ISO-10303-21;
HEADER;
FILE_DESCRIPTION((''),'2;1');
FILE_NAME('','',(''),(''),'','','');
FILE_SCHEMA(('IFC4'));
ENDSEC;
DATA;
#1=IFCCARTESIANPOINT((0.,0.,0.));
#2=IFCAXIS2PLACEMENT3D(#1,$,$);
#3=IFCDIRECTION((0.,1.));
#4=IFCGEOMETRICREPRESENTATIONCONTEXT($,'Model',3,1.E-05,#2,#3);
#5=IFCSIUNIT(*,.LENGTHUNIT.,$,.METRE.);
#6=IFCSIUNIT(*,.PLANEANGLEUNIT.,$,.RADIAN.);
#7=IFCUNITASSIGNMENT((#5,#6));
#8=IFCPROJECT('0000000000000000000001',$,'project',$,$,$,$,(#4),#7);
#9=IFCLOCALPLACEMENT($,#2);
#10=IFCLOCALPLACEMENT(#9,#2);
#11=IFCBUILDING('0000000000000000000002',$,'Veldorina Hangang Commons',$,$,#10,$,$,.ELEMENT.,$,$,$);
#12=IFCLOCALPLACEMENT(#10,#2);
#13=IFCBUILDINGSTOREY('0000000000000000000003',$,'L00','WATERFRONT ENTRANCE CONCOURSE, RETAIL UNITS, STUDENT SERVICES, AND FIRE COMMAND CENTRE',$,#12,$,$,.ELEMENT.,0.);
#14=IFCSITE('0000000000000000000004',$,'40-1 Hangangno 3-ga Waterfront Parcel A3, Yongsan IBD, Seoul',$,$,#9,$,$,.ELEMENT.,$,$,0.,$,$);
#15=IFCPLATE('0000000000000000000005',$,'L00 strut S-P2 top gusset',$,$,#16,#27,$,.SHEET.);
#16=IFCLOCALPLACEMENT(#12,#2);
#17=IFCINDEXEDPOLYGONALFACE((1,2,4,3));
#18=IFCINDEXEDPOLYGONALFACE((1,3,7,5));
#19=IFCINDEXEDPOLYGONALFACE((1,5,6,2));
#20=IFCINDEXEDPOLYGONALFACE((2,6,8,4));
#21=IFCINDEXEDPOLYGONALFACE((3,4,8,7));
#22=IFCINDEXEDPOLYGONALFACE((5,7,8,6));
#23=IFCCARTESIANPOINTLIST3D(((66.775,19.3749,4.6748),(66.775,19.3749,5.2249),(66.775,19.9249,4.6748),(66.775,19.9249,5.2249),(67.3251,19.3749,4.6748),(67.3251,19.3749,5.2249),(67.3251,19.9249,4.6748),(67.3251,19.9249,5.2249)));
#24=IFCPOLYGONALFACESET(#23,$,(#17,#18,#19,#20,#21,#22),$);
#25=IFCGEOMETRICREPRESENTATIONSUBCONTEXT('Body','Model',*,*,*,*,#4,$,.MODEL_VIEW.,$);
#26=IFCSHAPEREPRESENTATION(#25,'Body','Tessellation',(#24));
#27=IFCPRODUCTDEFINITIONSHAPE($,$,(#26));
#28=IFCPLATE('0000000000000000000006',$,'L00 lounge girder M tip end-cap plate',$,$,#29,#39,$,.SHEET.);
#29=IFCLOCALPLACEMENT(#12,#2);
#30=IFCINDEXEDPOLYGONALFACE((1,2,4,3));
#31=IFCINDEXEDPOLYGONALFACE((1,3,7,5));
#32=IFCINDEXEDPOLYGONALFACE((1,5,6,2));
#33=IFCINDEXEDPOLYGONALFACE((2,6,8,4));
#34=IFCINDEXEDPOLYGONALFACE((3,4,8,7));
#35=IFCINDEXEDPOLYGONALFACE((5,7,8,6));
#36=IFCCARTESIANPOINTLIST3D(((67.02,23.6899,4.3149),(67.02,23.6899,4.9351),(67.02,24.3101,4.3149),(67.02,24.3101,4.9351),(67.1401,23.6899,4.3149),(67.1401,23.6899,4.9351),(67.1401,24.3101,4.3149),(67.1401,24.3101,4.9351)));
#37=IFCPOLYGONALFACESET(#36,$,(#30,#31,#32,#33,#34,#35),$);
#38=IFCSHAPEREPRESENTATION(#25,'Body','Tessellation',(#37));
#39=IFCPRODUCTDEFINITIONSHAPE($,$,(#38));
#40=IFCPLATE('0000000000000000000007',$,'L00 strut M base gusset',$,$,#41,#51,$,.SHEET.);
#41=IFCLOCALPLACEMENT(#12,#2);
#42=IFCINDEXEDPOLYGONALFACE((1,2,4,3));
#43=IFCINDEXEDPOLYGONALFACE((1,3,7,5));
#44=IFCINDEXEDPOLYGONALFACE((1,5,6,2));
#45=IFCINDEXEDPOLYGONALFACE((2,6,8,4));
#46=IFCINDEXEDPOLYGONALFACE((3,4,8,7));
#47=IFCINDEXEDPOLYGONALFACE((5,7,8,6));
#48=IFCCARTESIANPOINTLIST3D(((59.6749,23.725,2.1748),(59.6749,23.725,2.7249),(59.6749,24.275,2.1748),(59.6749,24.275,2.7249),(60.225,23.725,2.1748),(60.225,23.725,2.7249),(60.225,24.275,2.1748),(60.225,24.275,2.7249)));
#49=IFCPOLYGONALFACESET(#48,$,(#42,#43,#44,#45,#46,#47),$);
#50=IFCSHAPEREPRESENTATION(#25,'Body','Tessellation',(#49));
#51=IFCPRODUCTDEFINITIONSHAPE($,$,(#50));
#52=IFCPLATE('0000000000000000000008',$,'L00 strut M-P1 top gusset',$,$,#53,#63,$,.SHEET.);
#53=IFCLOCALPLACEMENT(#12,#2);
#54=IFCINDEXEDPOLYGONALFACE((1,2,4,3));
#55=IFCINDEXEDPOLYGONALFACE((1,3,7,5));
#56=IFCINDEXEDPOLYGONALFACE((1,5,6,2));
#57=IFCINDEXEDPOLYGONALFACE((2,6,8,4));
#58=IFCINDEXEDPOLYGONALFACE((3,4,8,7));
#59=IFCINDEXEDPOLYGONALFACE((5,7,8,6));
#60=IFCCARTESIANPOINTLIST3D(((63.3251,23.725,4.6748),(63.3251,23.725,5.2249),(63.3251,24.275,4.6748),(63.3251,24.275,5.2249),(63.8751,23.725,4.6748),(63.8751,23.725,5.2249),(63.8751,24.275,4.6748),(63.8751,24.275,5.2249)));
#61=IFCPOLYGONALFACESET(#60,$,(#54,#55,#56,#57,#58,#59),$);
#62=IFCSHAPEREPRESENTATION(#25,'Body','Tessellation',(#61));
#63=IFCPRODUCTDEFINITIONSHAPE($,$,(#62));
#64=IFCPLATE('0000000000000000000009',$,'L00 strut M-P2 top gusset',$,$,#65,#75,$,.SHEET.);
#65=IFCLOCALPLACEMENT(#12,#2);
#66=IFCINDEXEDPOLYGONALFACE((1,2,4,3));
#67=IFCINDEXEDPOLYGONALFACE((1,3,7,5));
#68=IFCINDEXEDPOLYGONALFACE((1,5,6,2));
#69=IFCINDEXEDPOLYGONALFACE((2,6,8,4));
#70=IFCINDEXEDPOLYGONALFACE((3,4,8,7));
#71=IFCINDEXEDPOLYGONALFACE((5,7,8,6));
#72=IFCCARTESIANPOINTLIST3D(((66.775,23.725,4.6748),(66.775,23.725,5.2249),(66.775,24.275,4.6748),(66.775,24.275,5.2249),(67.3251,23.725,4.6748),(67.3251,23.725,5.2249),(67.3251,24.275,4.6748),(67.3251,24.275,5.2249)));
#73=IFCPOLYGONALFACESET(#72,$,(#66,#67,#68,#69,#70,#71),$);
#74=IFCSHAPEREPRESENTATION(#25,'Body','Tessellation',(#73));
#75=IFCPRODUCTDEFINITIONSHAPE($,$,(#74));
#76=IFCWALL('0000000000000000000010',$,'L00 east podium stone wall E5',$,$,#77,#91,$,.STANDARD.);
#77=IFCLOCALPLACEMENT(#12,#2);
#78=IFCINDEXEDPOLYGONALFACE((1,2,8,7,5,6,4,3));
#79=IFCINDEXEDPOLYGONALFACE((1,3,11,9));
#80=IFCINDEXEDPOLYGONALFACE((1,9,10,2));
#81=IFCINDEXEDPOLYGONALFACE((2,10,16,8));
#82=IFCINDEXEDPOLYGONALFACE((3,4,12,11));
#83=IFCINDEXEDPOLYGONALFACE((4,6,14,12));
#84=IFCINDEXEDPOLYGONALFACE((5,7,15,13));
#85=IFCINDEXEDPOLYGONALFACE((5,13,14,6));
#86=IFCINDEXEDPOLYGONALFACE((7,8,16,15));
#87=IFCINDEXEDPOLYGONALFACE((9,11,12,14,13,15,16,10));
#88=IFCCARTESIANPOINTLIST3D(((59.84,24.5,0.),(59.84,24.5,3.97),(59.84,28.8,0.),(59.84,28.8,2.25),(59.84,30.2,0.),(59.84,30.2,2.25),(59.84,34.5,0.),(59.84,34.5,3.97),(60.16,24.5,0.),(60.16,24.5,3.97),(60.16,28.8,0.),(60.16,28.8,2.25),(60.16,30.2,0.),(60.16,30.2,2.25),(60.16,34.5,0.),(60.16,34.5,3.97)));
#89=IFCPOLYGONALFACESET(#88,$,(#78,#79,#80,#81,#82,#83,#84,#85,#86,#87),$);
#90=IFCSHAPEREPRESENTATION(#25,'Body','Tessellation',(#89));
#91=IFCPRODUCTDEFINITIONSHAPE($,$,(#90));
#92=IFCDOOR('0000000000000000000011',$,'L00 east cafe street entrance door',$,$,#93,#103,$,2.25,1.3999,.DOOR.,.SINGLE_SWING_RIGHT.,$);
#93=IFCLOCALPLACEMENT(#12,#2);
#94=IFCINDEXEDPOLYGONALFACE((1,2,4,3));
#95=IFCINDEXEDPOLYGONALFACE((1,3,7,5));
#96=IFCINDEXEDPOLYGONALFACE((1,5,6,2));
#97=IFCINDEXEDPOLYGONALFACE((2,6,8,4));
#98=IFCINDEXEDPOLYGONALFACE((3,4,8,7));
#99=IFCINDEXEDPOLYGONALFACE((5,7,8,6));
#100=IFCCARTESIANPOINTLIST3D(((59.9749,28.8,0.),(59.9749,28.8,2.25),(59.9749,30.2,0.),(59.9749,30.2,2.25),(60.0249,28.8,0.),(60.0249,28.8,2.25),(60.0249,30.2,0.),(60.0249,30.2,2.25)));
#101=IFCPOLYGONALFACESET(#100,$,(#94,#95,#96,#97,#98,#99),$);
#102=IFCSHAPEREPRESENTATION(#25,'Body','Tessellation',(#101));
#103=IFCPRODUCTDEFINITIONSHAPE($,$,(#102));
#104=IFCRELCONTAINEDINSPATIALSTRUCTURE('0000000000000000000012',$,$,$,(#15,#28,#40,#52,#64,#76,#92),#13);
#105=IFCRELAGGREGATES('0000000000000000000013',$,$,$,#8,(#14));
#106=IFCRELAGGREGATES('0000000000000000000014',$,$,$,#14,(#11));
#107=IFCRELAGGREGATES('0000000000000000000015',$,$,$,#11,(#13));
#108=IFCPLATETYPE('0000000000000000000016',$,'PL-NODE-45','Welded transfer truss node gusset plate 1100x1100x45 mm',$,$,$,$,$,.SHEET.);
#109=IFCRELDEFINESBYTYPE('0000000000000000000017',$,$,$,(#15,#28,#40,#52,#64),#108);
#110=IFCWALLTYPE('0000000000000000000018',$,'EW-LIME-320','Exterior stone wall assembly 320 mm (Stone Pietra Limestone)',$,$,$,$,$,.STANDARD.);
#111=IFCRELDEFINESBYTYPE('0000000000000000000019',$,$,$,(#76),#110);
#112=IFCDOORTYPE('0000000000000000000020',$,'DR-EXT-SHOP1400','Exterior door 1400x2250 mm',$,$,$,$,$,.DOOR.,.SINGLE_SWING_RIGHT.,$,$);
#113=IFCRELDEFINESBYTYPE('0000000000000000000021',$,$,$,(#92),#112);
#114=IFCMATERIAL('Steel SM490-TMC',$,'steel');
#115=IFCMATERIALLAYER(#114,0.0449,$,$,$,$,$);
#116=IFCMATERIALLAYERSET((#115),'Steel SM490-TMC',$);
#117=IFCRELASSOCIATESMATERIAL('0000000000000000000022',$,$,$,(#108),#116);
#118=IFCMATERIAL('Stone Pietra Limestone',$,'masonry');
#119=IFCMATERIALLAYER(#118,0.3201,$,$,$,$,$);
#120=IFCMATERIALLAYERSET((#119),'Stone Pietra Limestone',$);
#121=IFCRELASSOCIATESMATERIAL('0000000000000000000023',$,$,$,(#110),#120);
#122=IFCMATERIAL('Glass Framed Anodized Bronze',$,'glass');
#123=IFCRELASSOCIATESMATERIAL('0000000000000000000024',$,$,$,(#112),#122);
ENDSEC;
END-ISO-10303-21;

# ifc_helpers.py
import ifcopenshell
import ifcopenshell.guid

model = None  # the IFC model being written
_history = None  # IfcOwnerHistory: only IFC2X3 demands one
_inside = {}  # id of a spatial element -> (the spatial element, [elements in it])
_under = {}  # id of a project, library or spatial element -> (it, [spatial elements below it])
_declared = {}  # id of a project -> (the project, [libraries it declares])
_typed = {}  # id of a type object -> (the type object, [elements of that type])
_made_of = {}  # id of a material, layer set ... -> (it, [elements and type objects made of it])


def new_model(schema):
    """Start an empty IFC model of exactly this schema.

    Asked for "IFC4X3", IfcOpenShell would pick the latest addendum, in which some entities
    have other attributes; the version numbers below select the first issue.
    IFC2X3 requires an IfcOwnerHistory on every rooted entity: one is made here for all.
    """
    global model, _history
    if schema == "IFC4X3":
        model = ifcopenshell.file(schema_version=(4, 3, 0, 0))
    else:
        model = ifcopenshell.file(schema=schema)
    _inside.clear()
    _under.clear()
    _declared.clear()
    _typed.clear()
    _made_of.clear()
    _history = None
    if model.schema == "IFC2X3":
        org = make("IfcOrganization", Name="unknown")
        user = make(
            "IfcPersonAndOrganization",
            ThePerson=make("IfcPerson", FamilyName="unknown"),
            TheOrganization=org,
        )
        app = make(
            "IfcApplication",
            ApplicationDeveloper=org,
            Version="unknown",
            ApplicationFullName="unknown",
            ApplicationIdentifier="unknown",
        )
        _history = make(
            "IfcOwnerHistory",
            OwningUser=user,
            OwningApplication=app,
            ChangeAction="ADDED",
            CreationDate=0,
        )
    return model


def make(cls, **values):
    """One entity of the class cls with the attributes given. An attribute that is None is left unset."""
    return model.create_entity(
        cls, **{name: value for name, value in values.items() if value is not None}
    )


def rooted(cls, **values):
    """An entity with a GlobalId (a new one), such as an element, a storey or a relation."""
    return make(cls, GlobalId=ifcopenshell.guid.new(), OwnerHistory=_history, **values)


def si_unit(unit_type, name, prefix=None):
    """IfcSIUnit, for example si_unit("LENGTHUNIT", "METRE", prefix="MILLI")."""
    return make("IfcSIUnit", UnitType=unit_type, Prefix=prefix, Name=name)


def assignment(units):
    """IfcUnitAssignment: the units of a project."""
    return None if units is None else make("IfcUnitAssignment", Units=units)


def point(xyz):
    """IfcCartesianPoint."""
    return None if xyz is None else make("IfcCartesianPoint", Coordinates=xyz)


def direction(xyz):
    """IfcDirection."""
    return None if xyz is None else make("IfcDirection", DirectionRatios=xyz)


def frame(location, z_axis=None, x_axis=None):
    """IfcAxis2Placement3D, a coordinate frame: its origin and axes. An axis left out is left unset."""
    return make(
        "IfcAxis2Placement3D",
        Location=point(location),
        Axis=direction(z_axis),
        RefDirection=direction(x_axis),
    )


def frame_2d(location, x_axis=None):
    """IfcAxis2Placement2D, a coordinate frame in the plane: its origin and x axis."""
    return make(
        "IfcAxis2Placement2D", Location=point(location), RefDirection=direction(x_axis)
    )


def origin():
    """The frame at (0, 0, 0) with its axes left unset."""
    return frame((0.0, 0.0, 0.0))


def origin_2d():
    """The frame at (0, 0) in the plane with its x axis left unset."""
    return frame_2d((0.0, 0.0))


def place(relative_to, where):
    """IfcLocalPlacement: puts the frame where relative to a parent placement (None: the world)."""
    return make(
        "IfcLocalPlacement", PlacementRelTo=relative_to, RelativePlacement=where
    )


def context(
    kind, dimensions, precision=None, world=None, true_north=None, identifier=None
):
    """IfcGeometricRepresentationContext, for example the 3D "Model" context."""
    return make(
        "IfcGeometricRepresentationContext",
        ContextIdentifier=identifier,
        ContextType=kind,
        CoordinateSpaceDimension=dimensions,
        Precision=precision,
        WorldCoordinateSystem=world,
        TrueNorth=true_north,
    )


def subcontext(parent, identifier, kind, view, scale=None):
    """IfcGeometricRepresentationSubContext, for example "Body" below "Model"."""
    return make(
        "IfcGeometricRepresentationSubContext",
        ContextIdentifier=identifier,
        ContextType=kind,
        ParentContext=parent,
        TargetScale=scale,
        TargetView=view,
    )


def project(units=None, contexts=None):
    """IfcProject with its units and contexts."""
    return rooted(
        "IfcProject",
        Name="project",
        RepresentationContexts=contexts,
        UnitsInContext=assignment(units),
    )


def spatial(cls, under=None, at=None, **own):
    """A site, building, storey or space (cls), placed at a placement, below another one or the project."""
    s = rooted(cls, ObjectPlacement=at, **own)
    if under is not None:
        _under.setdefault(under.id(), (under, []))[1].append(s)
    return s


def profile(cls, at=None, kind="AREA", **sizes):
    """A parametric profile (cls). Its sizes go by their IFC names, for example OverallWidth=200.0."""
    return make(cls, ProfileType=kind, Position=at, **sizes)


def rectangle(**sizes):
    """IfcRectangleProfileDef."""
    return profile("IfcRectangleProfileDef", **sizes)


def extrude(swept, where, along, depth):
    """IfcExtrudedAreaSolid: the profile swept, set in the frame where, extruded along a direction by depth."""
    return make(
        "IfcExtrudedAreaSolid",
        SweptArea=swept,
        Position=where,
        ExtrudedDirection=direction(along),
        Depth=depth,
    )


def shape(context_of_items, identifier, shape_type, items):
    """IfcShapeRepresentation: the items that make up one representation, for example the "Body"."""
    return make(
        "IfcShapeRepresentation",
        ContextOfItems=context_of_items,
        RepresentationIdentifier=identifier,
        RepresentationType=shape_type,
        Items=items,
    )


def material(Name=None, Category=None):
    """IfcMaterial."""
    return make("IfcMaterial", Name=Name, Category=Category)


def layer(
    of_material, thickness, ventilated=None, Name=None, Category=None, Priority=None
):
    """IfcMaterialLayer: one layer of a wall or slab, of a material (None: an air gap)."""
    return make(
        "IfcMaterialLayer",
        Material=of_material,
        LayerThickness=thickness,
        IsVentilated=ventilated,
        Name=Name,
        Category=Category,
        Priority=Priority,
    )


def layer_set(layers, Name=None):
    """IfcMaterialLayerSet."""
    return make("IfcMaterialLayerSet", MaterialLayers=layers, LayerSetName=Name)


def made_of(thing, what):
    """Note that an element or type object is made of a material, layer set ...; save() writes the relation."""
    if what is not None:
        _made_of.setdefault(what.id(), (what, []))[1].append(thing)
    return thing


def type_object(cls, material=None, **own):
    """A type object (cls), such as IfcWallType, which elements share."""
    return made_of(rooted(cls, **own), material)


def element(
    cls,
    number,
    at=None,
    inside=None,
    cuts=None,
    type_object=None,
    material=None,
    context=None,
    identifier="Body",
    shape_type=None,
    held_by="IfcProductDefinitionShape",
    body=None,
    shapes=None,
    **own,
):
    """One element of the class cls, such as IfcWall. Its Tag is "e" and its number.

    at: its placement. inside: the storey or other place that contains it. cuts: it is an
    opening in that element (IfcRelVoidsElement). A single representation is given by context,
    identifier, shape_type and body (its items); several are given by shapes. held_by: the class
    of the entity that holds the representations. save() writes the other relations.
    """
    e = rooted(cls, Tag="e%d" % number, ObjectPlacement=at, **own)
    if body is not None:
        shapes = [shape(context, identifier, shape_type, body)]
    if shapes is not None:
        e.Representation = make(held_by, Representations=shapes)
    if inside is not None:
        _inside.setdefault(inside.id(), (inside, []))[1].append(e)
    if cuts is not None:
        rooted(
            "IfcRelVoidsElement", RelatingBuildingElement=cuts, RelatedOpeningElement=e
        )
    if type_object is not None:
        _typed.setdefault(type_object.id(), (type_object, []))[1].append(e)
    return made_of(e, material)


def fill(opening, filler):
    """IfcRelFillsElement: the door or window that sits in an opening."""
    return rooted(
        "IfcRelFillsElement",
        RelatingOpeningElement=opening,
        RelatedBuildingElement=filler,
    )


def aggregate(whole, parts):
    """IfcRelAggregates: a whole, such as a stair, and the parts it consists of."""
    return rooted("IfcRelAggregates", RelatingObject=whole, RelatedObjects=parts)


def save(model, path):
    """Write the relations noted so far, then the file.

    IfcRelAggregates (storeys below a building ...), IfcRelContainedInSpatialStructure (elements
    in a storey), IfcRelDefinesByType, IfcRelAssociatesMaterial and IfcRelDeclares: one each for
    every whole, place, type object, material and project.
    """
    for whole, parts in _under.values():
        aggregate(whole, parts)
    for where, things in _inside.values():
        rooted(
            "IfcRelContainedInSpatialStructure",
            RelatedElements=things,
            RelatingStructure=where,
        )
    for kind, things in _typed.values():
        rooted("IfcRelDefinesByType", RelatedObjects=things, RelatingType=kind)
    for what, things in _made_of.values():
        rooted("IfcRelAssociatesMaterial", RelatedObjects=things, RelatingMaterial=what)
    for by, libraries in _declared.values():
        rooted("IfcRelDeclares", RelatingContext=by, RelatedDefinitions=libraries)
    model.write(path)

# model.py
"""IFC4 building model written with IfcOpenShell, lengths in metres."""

from ifc_helpers import new_model, si_unit, direction, frame, frame_2d, origin, origin_2d, place, context, subcontext, project, spatial, rectangle, extrude, material, layer, layer_set, type_object, element, fill, save


model = new_model("IFC4")

# Units and contexts
model_context = context("Model", 3, precision=1e-05, world=origin(), true_north=direction((0.0, 1.0)))
body_context = subcontext(model_context, "Body", "Model", "MODEL_VIEW")
ifc_project = project(units=[si_unit("LENGTHUNIT", "METRE"), si_unit("PLANEANGLEUNIT", "RADIAN")], contexts=[model_context])

# Site, building, storey
site_placement = place(None, origin())
site = spatial("IfcSite", under=ifc_project, at=site_placement, Name="40-1 Hangangno 3-ga Waterfront Parcel A3, Yongsan IBD, Seoul", CompositionType="ELEMENT", RefElevation=0.0)
building_placement = place(site_placement, origin())
building = spatial("IfcBuilding", under=site, at=building_placement, Name="Veldorina Hangang Commons", CompositionType="ELEMENT")
storey_placement = place(building_placement, origin())
storey = spatial("IfcBuildingStorey", under=building, at=storey_placement, Name="L00", Description="WATERFRONT ENTRANCE CONCOURSE, RETAIL UNITS, STUDENT SERVICES, AND FIRE COMMAND CENTRE", CompositionType="ELEMENT", Elevation=0.0)

# Plates
ifc_material_1 = material(Name="Steel SM490-TMC", Category="steel")
ifc_layer_1 = layer(ifc_material_1, 0.0449)
ifc_layer_set_1 = layer_set([ifc_layer_1], Name="Steel SM490-TMC")
plate_type = type_object("IfcPlateType", Name="PL-NODE-45", Description="Welded transfer truss node gusset plate 1100x1100x45 mm", PredefinedType="SHEET", material=ifc_layer_set_1)
for number, where, z_axis, x_axis, name in (
    (1, (67.05, 19.6499, 4.6748), (0.0, 0.0, 1.0), (1.0, 0.0, 0.0), "L00 strut S-P2 top gusset"),
):
    element("IfcPlate", number, at=place(storey_placement, frame(where, z_axis=z_axis, x_axis=x_axis)), inside=storey, type_object=plate_type, Name=name, PredefinedType="SHEET", context=body_context, shape_type="SweptSolid", body=[
        extrude(rectangle(XDim=0.55, YDim=0.55, at=origin_2d()), origin(), (0.0, 0.0, 1.0), 0.55),
    ])
plate_1_placement = place(storey_placement, frame((67.0801, 24.0, 4.3149), z_axis=(0.0, 0.0, 1.0), x_axis=(1.0, 0.0, 0.0)))
element("IfcPlate", 2, at=plate_1_placement, inside=storey, type_object=plate_type, Name="L00 lounge girder M tip end-cap plate", PredefinedType="SHEET", context=body_context, shape_type="SweptSolid", body=[
    extrude(rectangle(XDim=0.1201, YDim=0.6201, at=origin_2d()), origin(), (0.0, 0.0, 1.0), 0.6201),
])
for number, where, z_axis, x_axis, name in (
    (3, (59.95, 24.0, 2.1748), (0.0, 0.0, 1.0), (1.0, 0.0, 0.0), "L00 strut M base gusset"),
    (4, (63.6001, 24.0, 4.6748), (0.0, 0.0, 1.0), (1.0, 0.0, 0.0), "L00 strut M-P1 top gusset"),
    (5, (67.05, 24.0, 4.6748), (0.0, 0.0, 1.0), (1.0, 0.0, 0.0), "L00 strut M-P2 top gusset"),
):
    element("IfcPlate", number, at=place(storey_placement, frame(where, z_axis=z_axis, x_axis=x_axis)), inside=storey, type_object=plate_type, Name=name, PredefinedType="SHEET", context=body_context, shape_type="SweptSolid", body=[
        extrude(rectangle(XDim=0.55, YDim=0.55, at=origin_2d()), origin(), (0.0, 0.0, 1.0), 0.55),
    ])

# Wall, opening, door
ifc_material_2 = material(Name="Stone Pietra Limestone", Category="masonry")
ifc_layer_2 = layer(ifc_material_2, 0.3201)
ifc_layer_set_2 = layer_set([ifc_layer_2], Name="Stone Pietra Limestone")
wall_type = type_object("IfcWallType", Name="EW-LIME-320", Description="Exterior stone wall assembly 320 mm (Stone Pietra Limestone)", PredefinedType="STANDARD", material=ifc_layer_set_2)
wall_placement = place(storey_placement, frame((60.0, 24.5, 0.0), z_axis=(0.0, 0.0, 1.0), x_axis=(0.0, 1.0, 0.0)))
wall = element("IfcWall", 6, at=wall_placement, inside=storey, type_object=wall_type, Name="L00 east podium stone wall E5", PredefinedType="STANDARD", context=body_context, shape_type="SweptSolid", body=[
    extrude(rectangle(XDim=10.0, YDim=0.3201, at=frame_2d((5.0, 0.0))), origin(), (0.0, 0.0, 1.0), 3.97),
])
opening_placement = place(wall_placement, frame((4.3, 0.0, 0.0)))
opening = element("IfcOpeningElement", 7, at=opening_placement, cuts=wall, PredefinedType="OPENING", context=body_context, shape_type="SweptSolid", body=[
    extrude(rectangle(XDim=1.3999, YDim=2.25, at=frame_2d((0.7, 1.125))), frame((0.0, 0.1699, 0.0), z_axis=(0.0, -1.0, 0.0), x_axis=(1.0, 0.0, 0.0)), (0.0, 0.0, 1.0), 0.3401),
])
ifc_material_3 = material(Name="Glass Framed Anodized Bronze", Category="glass")
door_type = type_object("IfcDoorType", Name="DR-EXT-SHOP1400", Description="Exterior door 1400x2250 mm", OperationType="SINGLE_SWING_RIGHT", PredefinedType="DOOR", material=ifc_material_3)
door_placement = place(opening_placement, frame((1.3999, 0.0, 0.0), z_axis=(0.0, 0.0, 1.0), x_axis=(-1.0, 0.0, 0.0)))
door = element("IfcDoor", 8, at=door_placement, inside=storey, type_object=door_type, Name="L00 east cafe street entrance door", OperationType="SINGLE_SWING_RIGHT", OverallHeight=2.25, OverallWidth=1.3999, PredefinedType="DOOR", context=body_context, shape_type="SweptSolid", body=[
    extrude(rectangle(XDim=1.3999, YDim=2.25, at=frame_2d((0.7, 1.125))), frame((0.0, 0.0249, 0.0), z_axis=(0.0, -1.0, 0.0), x_axis=(1.0, 0.0, 0.0)), (0.0, 0.0, 1.0), 0.05),
])
fill(opening, door)

save(model, "model.ifc")
